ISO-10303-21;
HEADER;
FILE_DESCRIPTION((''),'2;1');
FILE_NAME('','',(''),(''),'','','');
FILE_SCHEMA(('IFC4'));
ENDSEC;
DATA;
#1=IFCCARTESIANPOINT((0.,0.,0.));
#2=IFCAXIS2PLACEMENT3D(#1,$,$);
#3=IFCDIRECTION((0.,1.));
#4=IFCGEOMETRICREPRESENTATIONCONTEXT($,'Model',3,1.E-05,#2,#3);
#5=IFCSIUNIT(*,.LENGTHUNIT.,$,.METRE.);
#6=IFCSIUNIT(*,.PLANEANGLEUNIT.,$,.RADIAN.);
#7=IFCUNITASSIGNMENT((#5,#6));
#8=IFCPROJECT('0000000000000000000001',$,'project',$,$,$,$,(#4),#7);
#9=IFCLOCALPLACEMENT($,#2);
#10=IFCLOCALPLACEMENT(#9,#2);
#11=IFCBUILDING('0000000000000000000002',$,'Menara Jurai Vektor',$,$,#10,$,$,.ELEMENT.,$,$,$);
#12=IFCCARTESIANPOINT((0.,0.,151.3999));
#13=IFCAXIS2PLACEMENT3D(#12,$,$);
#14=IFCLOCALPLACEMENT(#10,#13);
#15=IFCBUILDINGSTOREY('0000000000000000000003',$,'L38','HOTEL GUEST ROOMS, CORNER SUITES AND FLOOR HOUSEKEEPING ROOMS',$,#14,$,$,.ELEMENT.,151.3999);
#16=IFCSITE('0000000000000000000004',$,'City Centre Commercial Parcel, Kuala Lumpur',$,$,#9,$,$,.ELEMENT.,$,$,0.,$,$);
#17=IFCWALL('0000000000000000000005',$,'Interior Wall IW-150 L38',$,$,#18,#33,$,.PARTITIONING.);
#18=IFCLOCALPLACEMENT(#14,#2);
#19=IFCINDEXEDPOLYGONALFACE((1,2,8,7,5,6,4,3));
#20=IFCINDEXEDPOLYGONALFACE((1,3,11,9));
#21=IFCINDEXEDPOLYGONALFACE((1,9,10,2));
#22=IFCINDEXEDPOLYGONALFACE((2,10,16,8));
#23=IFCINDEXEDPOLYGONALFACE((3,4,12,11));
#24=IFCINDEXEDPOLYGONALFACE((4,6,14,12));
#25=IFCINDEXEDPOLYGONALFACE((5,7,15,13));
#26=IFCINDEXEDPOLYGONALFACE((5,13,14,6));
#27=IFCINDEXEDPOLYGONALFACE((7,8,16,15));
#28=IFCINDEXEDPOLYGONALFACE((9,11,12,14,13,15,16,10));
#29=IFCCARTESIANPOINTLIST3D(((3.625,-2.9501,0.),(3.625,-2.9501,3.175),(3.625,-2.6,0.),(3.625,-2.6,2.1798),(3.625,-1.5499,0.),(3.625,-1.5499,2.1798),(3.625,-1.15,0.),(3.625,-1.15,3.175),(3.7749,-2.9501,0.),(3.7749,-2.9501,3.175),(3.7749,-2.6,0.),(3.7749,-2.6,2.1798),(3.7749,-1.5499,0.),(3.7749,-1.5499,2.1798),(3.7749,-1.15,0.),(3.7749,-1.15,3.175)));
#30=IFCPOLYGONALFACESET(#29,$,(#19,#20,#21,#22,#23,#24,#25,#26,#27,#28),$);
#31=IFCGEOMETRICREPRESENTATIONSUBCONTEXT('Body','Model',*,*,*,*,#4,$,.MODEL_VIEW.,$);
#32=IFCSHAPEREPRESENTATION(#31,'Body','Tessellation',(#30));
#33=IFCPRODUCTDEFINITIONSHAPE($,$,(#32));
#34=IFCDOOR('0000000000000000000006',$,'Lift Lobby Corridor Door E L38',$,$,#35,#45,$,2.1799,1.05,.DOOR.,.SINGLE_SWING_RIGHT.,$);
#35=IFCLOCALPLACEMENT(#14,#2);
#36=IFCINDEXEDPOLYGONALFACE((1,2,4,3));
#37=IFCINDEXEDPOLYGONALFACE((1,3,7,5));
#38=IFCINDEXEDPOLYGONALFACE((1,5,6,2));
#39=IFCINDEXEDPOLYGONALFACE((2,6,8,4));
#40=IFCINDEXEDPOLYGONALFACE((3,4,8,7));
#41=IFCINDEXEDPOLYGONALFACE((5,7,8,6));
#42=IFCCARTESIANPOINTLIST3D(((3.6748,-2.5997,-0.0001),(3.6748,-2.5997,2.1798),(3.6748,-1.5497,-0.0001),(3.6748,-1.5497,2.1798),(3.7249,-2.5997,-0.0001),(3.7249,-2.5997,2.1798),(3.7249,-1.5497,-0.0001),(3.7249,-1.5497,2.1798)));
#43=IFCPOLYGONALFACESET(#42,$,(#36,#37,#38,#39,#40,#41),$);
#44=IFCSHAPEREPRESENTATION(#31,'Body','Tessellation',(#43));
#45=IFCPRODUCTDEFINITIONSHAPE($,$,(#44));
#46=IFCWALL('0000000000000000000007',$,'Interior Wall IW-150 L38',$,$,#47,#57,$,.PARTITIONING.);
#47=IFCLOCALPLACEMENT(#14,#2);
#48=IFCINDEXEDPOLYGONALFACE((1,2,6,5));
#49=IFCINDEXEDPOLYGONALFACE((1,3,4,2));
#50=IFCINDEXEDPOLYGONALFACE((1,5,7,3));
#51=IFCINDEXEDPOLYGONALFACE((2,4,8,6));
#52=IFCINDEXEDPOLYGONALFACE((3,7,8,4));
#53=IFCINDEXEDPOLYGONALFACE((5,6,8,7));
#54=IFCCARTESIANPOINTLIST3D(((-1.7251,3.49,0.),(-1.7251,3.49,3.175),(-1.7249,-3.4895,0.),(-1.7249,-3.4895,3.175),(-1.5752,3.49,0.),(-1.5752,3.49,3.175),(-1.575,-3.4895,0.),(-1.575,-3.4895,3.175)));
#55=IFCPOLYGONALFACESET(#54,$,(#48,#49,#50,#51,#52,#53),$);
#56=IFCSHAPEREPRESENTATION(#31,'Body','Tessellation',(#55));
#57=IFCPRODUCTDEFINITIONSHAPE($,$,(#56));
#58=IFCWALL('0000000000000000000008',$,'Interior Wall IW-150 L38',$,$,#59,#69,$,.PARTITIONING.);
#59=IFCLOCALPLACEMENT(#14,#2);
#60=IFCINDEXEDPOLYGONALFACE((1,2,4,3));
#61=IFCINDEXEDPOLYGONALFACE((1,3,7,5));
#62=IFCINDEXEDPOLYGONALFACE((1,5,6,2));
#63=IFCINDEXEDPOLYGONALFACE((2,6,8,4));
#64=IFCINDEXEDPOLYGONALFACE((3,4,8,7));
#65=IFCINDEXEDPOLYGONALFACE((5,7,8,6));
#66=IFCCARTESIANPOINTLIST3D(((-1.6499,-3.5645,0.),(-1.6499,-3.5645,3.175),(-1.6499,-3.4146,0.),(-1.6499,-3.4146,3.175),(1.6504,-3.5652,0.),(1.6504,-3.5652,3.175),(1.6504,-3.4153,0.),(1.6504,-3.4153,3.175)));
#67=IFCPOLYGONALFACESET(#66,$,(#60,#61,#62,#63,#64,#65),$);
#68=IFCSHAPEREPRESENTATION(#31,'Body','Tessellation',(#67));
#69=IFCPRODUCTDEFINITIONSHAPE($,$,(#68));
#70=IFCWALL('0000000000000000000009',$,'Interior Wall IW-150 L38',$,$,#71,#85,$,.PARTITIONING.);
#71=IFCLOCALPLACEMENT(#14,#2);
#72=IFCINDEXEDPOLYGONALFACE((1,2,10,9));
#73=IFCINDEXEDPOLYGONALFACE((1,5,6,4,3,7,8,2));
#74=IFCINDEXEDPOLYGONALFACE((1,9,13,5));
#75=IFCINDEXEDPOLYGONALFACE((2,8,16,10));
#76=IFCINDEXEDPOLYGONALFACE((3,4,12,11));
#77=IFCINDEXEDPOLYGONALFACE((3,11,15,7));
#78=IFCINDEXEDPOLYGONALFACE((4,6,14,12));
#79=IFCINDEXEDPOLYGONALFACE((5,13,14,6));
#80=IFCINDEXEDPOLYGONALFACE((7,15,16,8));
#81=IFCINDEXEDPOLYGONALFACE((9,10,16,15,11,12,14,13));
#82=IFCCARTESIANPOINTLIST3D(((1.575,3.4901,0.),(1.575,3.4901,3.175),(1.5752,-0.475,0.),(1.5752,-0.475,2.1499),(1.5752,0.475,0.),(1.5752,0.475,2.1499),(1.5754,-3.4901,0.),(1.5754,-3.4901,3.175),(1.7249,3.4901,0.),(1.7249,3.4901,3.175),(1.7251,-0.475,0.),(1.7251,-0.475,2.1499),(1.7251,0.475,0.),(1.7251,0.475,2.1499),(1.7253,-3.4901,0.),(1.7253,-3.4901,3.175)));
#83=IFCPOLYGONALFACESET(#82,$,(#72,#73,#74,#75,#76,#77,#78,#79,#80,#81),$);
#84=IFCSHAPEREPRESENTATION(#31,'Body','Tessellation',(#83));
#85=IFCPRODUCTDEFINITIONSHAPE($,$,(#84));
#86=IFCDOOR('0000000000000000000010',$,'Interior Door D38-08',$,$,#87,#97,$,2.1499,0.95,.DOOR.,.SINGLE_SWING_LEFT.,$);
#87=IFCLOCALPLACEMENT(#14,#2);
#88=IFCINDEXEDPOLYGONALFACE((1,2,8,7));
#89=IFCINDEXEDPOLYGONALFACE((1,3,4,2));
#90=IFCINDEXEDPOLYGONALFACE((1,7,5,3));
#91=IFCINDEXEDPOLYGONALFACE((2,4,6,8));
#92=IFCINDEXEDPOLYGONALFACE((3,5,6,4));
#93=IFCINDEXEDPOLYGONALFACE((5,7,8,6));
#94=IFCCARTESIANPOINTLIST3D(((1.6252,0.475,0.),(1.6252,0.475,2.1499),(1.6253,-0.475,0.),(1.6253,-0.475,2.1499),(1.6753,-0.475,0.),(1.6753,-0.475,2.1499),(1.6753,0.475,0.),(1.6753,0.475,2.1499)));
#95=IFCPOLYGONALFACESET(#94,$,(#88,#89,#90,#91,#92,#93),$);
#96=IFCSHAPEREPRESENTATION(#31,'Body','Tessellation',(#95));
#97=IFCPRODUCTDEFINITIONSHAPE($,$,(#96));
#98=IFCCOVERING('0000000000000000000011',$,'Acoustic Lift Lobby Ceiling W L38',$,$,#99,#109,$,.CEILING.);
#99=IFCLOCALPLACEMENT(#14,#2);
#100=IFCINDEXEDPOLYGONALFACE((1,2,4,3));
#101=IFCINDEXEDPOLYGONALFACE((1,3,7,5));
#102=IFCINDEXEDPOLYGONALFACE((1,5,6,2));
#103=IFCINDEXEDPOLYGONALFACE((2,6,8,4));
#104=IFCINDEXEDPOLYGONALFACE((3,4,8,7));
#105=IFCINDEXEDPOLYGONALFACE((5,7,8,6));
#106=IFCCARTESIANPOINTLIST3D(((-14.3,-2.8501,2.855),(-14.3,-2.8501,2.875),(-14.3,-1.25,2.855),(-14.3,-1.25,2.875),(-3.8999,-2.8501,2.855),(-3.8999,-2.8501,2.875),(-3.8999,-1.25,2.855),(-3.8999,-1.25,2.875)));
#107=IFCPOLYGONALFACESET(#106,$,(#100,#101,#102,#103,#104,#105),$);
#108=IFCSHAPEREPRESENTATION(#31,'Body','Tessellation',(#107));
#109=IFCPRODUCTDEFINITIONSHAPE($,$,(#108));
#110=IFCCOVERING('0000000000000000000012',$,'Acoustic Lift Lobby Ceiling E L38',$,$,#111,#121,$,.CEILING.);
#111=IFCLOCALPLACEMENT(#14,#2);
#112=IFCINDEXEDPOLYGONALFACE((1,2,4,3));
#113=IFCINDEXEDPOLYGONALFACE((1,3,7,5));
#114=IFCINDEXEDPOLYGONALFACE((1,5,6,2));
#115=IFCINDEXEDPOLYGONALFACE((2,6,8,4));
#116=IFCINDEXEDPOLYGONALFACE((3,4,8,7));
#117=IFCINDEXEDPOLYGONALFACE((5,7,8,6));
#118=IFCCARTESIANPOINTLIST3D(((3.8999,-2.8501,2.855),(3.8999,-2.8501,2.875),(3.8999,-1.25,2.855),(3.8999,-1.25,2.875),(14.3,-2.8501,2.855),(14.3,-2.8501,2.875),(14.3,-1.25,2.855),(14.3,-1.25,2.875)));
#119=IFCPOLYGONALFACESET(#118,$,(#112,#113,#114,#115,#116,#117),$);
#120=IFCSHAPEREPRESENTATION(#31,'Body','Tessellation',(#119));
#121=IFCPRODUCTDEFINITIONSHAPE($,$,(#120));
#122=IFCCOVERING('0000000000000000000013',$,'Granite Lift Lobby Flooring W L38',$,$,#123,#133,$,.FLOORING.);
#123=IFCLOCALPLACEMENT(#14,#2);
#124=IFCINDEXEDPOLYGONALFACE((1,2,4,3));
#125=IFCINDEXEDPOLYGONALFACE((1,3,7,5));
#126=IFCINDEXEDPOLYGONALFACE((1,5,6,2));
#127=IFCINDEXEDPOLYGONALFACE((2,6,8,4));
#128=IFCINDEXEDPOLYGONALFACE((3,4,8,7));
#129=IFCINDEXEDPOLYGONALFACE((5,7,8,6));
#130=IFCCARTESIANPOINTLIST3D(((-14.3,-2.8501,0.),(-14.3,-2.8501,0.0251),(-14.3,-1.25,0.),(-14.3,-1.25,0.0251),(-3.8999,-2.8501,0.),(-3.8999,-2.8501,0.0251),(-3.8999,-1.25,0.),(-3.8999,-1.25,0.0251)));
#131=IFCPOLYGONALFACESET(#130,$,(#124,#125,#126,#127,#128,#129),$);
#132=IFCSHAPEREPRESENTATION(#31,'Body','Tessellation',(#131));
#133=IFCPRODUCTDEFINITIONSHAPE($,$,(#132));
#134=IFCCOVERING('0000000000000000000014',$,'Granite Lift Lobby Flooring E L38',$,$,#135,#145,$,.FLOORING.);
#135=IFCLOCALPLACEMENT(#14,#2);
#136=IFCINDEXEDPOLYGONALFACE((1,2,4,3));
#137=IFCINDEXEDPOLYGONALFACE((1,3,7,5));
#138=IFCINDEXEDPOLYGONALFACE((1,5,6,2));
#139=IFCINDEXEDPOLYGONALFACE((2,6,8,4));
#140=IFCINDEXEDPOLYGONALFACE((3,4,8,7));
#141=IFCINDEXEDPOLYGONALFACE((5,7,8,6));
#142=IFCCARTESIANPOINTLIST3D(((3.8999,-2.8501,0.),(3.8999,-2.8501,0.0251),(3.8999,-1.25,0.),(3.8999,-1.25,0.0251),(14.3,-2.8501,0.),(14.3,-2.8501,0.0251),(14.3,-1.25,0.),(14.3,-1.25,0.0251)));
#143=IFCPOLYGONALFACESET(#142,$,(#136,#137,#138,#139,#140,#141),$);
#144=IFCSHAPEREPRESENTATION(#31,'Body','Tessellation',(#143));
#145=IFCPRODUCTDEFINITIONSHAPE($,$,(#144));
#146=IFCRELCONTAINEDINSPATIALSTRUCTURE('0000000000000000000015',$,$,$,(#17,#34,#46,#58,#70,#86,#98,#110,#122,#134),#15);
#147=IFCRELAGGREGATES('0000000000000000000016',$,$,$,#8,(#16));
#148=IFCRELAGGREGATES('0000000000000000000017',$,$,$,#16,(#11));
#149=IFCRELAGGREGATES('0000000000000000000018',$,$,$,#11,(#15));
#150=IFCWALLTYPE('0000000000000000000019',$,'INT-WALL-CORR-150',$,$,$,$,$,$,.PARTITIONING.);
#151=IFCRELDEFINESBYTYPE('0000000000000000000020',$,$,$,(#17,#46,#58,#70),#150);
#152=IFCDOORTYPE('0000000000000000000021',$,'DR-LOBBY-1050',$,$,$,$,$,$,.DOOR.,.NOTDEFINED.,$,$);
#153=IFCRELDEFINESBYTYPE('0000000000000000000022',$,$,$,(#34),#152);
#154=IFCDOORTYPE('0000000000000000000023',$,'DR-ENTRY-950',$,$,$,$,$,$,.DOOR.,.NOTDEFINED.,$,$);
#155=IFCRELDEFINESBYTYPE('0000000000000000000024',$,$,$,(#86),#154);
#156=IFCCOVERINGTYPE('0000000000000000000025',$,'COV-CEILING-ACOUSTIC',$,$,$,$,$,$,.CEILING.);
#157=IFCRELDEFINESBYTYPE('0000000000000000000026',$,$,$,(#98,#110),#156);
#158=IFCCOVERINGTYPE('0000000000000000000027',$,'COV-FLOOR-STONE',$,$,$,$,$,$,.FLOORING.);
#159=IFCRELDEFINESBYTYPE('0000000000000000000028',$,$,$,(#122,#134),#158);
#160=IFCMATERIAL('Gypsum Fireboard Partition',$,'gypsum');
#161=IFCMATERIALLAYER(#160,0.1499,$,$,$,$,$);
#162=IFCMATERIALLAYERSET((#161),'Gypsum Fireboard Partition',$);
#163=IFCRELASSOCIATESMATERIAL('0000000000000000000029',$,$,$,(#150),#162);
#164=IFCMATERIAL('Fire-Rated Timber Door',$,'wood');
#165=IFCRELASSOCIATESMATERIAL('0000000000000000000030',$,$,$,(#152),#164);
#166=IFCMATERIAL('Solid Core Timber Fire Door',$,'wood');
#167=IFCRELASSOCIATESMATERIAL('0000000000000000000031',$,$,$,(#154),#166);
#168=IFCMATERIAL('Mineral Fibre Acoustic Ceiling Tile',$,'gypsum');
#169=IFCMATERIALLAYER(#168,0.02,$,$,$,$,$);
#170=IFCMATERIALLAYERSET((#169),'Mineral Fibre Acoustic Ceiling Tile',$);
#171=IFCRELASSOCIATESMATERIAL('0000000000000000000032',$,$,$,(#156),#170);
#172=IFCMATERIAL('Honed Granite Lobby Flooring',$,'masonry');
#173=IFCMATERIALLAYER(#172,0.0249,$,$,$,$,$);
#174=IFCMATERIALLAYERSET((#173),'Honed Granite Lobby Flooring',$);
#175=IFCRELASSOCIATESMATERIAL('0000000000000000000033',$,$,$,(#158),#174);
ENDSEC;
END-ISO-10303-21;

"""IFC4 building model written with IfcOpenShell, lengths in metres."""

from ifc_helpers import new_model, si_unit, direction, frame, frame_2d, origin, place, context, subcontext, project, spatial, polyline, rectangle, outline, extrude, material, layer, layer_set, type_object, element, fill, save


model = new_model("IFC4")

# Units and contexts
model_context = context("Model", 3, precision=1e-05, world=origin(), true_north=direction((0.0, 1.0)))
body_context = subcontext(model_context, "Body", "Model", "MODEL_VIEW")
ifc_project = project(units=[si_unit("LENGTHUNIT", "METRE"), si_unit("PLANEANGLEUNIT", "RADIAN")], contexts=[model_context])

# Site, building, storey
site_placement = place(None, origin())
site = spatial("IfcSite", under=ifc_project, at=site_placement, Name="City Centre Commercial Parcel, Kuala Lumpur", CompositionType="ELEMENT", RefElevation=0.0)
building_placement = place(site_placement, origin())
building = spatial("IfcBuilding", under=site, at=building_placement, Name="Menara Jurai Vektor", CompositionType="ELEMENT")
storey_placement = place(building_placement, frame((0.0, 0.0, 151.3999)))
storey = spatial("IfcBuildingStorey", under=building, at=storey_placement, Name="L38", Description="HOTEL GUEST ROOMS, CORNER SUITES AND FLOOR HOUSEKEEPING ROOMS", CompositionType="ELEMENT", Elevation=151.3999)

# Wall, opening, door
ifc_material_1 = material(Name="Gypsum Fireboard Partition", Category="gypsum")
ifc_layer_1 = layer(ifc_material_1, 0.1499)
ifc_layer_set_1 = layer_set([ifc_layer_1], Name="Gypsum Fireboard Partition")
wall_type = type_object("IfcWallType", Name="INT-WALL-CORR-150", PredefinedType="PARTITIONING", material=ifc_layer_set_1)
wall_1_placement = place(storey_placement, frame((3.7, -2.95, 0.0), z_axis=(0.0, 0.0, 1.0), x_axis=(0.0, 1.0, 0.0)))
wall_1 = element("IfcWall", 1, at=wall_1_placement, inside=storey, type_object=wall_type, Name="Interior Wall IW-150 L38", PredefinedType="PARTITIONING", context=body_context, shape_type="SweptSolid", body=[
    extrude(rectangle(XDim=1.8, YDim=0.1499, at=frame_2d((0.8999, 0.0))), origin(), (0.0, 0.0, 1.0), 3.175),
])
opening_1_placement = place(wall_1_placement, frame((0.3501, 0.0, 0.0)))
opening_1 = element("IfcOpeningElement", 2, at=opening_1_placement, cuts=wall_1, PredefinedType="OPENING", context=body_context, shape_type="SweptSolid", body=[
    extrude(rectangle(XDim=1.05, YDim=2.1799, at=frame_2d((0.5249, 1.0898))), frame((0.0, 0.085, 0.0), z_axis=(0.0, -1.0, 0.0), x_axis=(1.0, 0.0, 0.0)), (0.0, 0.0, 1.0), 0.1699),
])
ifc_material_2 = material(Name="Fire-Rated Timber Door", Category="wood")
door_type_1 = type_object("IfcDoorType", Name="DR-LOBBY-1050", OperationType="NOTDEFINED", PredefinedType="DOOR", material=ifc_material_2)
door_1_placement = place(opening_1_placement, frame((1.05, 0.0, 0.0), z_axis=(0.0, 0.0, 1.0), x_axis=(-1.0, 0.0, 0.0)))
door_1 = element("IfcDoor", 3, at=door_1_placement, inside=storey, type_object=door_type_1, Name="Lift Lobby Corridor Door E L38", OperationType="SINGLE_SWING_RIGHT", OverallHeight=2.1799, OverallWidth=1.05, PredefinedType="DOOR", context=body_context, shape_type="SweptSolid", body=[
    extrude(rectangle(XDim=1.05, YDim=2.1799, at=frame_2d((0.5249, 1.0898))), frame((0.0, 0.0249, 0.0), z_axis=(0.0, -1.0, 0.0), x_axis=(1.0, 0.0, 0.0)), (0.0, 0.0, 1.0), 0.05),
])
fill(opening_1, door_1)

# Walls
wall_2_placement = place(storey_placement, frame((-1.6499, -3.4895, 0.0), z_axis=(0.0, 0.0, 1.0), x_axis=(-0.000035, 1.0, 0.0)))
element("IfcWall", 4, at=wall_2_placement, inside=storey, type_object=wall_type, Name="Interior Wall IW-150 L38", PredefinedType="PARTITIONING", context=body_context, shape_type="SweptSolid", body=[
    extrude(rectangle(XDim=6.9795, YDim=0.1499, at=frame_2d((3.4897, 0.0))), origin(), (0.0, 0.0, 1.0), 3.175),
])
wall_3_placement = place(storey_placement, frame((-1.6499, -3.4895, 0.0), z_axis=(0.0, 0.0, 1.0), x_axis=(1.0, -0.000222, 0.0)))
element("IfcWall", 5, at=wall_3_placement, inside=storey, type_object=wall_type, Name="Interior Wall IW-150 L38", PredefinedType="PARTITIONING", context=body_context, shape_type="SweptSolid", body=[
    extrude(rectangle(XDim=3.3003, YDim=0.1499, at=frame_2d((1.6501, 0.0))), origin(), (0.0, 0.0, 1.0), 3.175),
])

# Wall, opening, door
wall_4_placement = place(storey_placement, frame((1.6504, -3.4902, 0.0), z_axis=(0.0, 0.0, 1.0), x_axis=(-0.00007, 1.0, 0.0)))
wall_4 = element("IfcWall", 6, at=wall_4_placement, inside=storey, type_object=wall_type, Name="Interior Wall IW-150 L38", PredefinedType="PARTITIONING", context=body_context, shape_type="SweptSolid", body=[
    extrude(rectangle(XDim=6.9802, YDim=0.1499, at=frame_2d((3.4902, 0.0))), origin(), (0.0, 0.0, 1.0), 3.175),
])
opening_2_placement = place(wall_4_placement, frame((3.0151, 0.0, 0.0)))
opening_2 = element("IfcOpeningElement", 7, at=opening_2_placement, cuts=wall_4, PredefinedType="OPENING", context=body_context, shape_type="SweptSolid", body=[
    extrude(rectangle(XDim=0.95, YDim=2.1499, at=frame_2d((0.4751, 1.075))), frame((0.0, 0.085, 0.0), z_axis=(0.0, -1.0, 0.0), x_axis=(1.0, 0.0, 0.0)), (0.0, 0.0, 1.0), 0.1699),
])
ifc_material_3 = material(Name="Solid Core Timber Fire Door", Category="wood")
door_type_2 = type_object("IfcDoorType", Name="DR-ENTRY-950", OperationType="NOTDEFINED", PredefinedType="DOOR", material=ifc_material_3)
door_2_placement = place(opening_2_placement, origin())
door_2 = element("IfcDoor", 8, at=door_2_placement, inside=storey, type_object=door_type_2, Name="Interior Door D38-08", OperationType="SINGLE_SWING_LEFT", OverallHeight=2.1499, OverallWidth=0.95, PredefinedType="DOOR", context=body_context, shape_type="SweptSolid", body=[
    extrude(rectangle(XDim=0.95, YDim=2.1499, at=frame_2d((0.4751, 1.075))), frame((0.0, 0.0249, 0.0), z_axis=(0.0, -1.0, 0.0), x_axis=(1.0, 0.0, 0.0)), (0.0, 0.0, 1.0), 0.05),
])
fill(opening_2, door_2)

# Coverings
ifc_material_4 = material(Name="Mineral Fibre Acoustic Ceiling Tile", Category="gypsum")
ifc_layer_2 = layer(ifc_material_4, 0.02)
ifc_layer_set_2 = layer_set([ifc_layer_2], Name="Mineral Fibre Acoustic Ceiling Tile")
covering_type_1 = type_object("IfcCoveringType", Name="COV-CEILING-ACOUSTIC", PredefinedType="CEILING", material=ifc_layer_set_2)
covering_1_placement = place(storey_placement, frame((0.0, 0.0, 2.855)))
element("IfcCovering", 9, at=covering_1_placement, inside=storey, type_object=covering_type_1, Name="Acoustic Lift Lobby Ceiling W L38", PredefinedType="CEILING", context=body_context, shape_type="SweptSolid", body=[
    extrude(outline(polyline([(-14.3, -2.8501), (-3.8999, -2.8501), (-3.8999, -1.25), (-14.3, -1.25), (-14.3, -2.8501)])), origin(), (0.0, 0.0, 1.0), 0.02),
])
covering_2_placement = place(storey_placement, frame((0.0, 0.0, 2.855)))
element("IfcCovering", 10, at=covering_2_placement, inside=storey, type_object=covering_type_1, Name="Acoustic Lift Lobby Ceiling E L38", PredefinedType="CEILING", context=body_context, shape_type="SweptSolid", body=[
    extrude(outline(polyline([(3.8999, -2.8501), (14.3, -2.8501), (14.3, -1.25), (3.8999, -1.25), (3.8999, -2.8501)])), origin(), (0.0, 0.0, 1.0), 0.02),
])
ifc_material_5 = material(Name="Honed Granite Lobby Flooring", Category="masonry")
ifc_layer_3 = layer(ifc_material_5, 0.0249)
ifc_layer_set_3 = layer_set([ifc_layer_3], Name="Honed Granite Lobby Flooring")
covering_type_2 = type_object("IfcCoveringType", Name="COV-FLOOR-STONE", PredefinedType="FLOORING", material=ifc_layer_set_3)
covering_3_placement = place(storey_placement, origin())
element("IfcCovering", 11, at=covering_3_placement, inside=storey, type_object=covering_type_2, Name="Granite Lift Lobby Flooring W L38", PredefinedType="FLOORING", context=body_context, shape_type="SweptSolid", body=[
    extrude(outline(polyline([(-14.3, -2.8501), (-3.8999, -2.8501), (-3.8999, -1.25), (-14.3, -1.25), (-14.3, -2.8501)])), origin(), (0.0, 0.0, 1.0), 0.0251),
])
covering_4_placement = place(storey_placement, origin())
element("IfcCovering", 12, at=covering_4_placement, inside=storey, type_object=covering_type_2, Name="Granite Lift Lobby Flooring E L38", PredefinedType="FLOORING", context=body_context, shape_type="SweptSolid", body=[
    extrude(outline(polyline([(3.8999, -2.8501), (14.3, -2.8501), (14.3, -1.25), (3.8999, -1.25), (3.8999, -2.8501)])), origin(), (0.0, 0.0, 1.0), 0.0251),
])

save(model, "model.ifc")
